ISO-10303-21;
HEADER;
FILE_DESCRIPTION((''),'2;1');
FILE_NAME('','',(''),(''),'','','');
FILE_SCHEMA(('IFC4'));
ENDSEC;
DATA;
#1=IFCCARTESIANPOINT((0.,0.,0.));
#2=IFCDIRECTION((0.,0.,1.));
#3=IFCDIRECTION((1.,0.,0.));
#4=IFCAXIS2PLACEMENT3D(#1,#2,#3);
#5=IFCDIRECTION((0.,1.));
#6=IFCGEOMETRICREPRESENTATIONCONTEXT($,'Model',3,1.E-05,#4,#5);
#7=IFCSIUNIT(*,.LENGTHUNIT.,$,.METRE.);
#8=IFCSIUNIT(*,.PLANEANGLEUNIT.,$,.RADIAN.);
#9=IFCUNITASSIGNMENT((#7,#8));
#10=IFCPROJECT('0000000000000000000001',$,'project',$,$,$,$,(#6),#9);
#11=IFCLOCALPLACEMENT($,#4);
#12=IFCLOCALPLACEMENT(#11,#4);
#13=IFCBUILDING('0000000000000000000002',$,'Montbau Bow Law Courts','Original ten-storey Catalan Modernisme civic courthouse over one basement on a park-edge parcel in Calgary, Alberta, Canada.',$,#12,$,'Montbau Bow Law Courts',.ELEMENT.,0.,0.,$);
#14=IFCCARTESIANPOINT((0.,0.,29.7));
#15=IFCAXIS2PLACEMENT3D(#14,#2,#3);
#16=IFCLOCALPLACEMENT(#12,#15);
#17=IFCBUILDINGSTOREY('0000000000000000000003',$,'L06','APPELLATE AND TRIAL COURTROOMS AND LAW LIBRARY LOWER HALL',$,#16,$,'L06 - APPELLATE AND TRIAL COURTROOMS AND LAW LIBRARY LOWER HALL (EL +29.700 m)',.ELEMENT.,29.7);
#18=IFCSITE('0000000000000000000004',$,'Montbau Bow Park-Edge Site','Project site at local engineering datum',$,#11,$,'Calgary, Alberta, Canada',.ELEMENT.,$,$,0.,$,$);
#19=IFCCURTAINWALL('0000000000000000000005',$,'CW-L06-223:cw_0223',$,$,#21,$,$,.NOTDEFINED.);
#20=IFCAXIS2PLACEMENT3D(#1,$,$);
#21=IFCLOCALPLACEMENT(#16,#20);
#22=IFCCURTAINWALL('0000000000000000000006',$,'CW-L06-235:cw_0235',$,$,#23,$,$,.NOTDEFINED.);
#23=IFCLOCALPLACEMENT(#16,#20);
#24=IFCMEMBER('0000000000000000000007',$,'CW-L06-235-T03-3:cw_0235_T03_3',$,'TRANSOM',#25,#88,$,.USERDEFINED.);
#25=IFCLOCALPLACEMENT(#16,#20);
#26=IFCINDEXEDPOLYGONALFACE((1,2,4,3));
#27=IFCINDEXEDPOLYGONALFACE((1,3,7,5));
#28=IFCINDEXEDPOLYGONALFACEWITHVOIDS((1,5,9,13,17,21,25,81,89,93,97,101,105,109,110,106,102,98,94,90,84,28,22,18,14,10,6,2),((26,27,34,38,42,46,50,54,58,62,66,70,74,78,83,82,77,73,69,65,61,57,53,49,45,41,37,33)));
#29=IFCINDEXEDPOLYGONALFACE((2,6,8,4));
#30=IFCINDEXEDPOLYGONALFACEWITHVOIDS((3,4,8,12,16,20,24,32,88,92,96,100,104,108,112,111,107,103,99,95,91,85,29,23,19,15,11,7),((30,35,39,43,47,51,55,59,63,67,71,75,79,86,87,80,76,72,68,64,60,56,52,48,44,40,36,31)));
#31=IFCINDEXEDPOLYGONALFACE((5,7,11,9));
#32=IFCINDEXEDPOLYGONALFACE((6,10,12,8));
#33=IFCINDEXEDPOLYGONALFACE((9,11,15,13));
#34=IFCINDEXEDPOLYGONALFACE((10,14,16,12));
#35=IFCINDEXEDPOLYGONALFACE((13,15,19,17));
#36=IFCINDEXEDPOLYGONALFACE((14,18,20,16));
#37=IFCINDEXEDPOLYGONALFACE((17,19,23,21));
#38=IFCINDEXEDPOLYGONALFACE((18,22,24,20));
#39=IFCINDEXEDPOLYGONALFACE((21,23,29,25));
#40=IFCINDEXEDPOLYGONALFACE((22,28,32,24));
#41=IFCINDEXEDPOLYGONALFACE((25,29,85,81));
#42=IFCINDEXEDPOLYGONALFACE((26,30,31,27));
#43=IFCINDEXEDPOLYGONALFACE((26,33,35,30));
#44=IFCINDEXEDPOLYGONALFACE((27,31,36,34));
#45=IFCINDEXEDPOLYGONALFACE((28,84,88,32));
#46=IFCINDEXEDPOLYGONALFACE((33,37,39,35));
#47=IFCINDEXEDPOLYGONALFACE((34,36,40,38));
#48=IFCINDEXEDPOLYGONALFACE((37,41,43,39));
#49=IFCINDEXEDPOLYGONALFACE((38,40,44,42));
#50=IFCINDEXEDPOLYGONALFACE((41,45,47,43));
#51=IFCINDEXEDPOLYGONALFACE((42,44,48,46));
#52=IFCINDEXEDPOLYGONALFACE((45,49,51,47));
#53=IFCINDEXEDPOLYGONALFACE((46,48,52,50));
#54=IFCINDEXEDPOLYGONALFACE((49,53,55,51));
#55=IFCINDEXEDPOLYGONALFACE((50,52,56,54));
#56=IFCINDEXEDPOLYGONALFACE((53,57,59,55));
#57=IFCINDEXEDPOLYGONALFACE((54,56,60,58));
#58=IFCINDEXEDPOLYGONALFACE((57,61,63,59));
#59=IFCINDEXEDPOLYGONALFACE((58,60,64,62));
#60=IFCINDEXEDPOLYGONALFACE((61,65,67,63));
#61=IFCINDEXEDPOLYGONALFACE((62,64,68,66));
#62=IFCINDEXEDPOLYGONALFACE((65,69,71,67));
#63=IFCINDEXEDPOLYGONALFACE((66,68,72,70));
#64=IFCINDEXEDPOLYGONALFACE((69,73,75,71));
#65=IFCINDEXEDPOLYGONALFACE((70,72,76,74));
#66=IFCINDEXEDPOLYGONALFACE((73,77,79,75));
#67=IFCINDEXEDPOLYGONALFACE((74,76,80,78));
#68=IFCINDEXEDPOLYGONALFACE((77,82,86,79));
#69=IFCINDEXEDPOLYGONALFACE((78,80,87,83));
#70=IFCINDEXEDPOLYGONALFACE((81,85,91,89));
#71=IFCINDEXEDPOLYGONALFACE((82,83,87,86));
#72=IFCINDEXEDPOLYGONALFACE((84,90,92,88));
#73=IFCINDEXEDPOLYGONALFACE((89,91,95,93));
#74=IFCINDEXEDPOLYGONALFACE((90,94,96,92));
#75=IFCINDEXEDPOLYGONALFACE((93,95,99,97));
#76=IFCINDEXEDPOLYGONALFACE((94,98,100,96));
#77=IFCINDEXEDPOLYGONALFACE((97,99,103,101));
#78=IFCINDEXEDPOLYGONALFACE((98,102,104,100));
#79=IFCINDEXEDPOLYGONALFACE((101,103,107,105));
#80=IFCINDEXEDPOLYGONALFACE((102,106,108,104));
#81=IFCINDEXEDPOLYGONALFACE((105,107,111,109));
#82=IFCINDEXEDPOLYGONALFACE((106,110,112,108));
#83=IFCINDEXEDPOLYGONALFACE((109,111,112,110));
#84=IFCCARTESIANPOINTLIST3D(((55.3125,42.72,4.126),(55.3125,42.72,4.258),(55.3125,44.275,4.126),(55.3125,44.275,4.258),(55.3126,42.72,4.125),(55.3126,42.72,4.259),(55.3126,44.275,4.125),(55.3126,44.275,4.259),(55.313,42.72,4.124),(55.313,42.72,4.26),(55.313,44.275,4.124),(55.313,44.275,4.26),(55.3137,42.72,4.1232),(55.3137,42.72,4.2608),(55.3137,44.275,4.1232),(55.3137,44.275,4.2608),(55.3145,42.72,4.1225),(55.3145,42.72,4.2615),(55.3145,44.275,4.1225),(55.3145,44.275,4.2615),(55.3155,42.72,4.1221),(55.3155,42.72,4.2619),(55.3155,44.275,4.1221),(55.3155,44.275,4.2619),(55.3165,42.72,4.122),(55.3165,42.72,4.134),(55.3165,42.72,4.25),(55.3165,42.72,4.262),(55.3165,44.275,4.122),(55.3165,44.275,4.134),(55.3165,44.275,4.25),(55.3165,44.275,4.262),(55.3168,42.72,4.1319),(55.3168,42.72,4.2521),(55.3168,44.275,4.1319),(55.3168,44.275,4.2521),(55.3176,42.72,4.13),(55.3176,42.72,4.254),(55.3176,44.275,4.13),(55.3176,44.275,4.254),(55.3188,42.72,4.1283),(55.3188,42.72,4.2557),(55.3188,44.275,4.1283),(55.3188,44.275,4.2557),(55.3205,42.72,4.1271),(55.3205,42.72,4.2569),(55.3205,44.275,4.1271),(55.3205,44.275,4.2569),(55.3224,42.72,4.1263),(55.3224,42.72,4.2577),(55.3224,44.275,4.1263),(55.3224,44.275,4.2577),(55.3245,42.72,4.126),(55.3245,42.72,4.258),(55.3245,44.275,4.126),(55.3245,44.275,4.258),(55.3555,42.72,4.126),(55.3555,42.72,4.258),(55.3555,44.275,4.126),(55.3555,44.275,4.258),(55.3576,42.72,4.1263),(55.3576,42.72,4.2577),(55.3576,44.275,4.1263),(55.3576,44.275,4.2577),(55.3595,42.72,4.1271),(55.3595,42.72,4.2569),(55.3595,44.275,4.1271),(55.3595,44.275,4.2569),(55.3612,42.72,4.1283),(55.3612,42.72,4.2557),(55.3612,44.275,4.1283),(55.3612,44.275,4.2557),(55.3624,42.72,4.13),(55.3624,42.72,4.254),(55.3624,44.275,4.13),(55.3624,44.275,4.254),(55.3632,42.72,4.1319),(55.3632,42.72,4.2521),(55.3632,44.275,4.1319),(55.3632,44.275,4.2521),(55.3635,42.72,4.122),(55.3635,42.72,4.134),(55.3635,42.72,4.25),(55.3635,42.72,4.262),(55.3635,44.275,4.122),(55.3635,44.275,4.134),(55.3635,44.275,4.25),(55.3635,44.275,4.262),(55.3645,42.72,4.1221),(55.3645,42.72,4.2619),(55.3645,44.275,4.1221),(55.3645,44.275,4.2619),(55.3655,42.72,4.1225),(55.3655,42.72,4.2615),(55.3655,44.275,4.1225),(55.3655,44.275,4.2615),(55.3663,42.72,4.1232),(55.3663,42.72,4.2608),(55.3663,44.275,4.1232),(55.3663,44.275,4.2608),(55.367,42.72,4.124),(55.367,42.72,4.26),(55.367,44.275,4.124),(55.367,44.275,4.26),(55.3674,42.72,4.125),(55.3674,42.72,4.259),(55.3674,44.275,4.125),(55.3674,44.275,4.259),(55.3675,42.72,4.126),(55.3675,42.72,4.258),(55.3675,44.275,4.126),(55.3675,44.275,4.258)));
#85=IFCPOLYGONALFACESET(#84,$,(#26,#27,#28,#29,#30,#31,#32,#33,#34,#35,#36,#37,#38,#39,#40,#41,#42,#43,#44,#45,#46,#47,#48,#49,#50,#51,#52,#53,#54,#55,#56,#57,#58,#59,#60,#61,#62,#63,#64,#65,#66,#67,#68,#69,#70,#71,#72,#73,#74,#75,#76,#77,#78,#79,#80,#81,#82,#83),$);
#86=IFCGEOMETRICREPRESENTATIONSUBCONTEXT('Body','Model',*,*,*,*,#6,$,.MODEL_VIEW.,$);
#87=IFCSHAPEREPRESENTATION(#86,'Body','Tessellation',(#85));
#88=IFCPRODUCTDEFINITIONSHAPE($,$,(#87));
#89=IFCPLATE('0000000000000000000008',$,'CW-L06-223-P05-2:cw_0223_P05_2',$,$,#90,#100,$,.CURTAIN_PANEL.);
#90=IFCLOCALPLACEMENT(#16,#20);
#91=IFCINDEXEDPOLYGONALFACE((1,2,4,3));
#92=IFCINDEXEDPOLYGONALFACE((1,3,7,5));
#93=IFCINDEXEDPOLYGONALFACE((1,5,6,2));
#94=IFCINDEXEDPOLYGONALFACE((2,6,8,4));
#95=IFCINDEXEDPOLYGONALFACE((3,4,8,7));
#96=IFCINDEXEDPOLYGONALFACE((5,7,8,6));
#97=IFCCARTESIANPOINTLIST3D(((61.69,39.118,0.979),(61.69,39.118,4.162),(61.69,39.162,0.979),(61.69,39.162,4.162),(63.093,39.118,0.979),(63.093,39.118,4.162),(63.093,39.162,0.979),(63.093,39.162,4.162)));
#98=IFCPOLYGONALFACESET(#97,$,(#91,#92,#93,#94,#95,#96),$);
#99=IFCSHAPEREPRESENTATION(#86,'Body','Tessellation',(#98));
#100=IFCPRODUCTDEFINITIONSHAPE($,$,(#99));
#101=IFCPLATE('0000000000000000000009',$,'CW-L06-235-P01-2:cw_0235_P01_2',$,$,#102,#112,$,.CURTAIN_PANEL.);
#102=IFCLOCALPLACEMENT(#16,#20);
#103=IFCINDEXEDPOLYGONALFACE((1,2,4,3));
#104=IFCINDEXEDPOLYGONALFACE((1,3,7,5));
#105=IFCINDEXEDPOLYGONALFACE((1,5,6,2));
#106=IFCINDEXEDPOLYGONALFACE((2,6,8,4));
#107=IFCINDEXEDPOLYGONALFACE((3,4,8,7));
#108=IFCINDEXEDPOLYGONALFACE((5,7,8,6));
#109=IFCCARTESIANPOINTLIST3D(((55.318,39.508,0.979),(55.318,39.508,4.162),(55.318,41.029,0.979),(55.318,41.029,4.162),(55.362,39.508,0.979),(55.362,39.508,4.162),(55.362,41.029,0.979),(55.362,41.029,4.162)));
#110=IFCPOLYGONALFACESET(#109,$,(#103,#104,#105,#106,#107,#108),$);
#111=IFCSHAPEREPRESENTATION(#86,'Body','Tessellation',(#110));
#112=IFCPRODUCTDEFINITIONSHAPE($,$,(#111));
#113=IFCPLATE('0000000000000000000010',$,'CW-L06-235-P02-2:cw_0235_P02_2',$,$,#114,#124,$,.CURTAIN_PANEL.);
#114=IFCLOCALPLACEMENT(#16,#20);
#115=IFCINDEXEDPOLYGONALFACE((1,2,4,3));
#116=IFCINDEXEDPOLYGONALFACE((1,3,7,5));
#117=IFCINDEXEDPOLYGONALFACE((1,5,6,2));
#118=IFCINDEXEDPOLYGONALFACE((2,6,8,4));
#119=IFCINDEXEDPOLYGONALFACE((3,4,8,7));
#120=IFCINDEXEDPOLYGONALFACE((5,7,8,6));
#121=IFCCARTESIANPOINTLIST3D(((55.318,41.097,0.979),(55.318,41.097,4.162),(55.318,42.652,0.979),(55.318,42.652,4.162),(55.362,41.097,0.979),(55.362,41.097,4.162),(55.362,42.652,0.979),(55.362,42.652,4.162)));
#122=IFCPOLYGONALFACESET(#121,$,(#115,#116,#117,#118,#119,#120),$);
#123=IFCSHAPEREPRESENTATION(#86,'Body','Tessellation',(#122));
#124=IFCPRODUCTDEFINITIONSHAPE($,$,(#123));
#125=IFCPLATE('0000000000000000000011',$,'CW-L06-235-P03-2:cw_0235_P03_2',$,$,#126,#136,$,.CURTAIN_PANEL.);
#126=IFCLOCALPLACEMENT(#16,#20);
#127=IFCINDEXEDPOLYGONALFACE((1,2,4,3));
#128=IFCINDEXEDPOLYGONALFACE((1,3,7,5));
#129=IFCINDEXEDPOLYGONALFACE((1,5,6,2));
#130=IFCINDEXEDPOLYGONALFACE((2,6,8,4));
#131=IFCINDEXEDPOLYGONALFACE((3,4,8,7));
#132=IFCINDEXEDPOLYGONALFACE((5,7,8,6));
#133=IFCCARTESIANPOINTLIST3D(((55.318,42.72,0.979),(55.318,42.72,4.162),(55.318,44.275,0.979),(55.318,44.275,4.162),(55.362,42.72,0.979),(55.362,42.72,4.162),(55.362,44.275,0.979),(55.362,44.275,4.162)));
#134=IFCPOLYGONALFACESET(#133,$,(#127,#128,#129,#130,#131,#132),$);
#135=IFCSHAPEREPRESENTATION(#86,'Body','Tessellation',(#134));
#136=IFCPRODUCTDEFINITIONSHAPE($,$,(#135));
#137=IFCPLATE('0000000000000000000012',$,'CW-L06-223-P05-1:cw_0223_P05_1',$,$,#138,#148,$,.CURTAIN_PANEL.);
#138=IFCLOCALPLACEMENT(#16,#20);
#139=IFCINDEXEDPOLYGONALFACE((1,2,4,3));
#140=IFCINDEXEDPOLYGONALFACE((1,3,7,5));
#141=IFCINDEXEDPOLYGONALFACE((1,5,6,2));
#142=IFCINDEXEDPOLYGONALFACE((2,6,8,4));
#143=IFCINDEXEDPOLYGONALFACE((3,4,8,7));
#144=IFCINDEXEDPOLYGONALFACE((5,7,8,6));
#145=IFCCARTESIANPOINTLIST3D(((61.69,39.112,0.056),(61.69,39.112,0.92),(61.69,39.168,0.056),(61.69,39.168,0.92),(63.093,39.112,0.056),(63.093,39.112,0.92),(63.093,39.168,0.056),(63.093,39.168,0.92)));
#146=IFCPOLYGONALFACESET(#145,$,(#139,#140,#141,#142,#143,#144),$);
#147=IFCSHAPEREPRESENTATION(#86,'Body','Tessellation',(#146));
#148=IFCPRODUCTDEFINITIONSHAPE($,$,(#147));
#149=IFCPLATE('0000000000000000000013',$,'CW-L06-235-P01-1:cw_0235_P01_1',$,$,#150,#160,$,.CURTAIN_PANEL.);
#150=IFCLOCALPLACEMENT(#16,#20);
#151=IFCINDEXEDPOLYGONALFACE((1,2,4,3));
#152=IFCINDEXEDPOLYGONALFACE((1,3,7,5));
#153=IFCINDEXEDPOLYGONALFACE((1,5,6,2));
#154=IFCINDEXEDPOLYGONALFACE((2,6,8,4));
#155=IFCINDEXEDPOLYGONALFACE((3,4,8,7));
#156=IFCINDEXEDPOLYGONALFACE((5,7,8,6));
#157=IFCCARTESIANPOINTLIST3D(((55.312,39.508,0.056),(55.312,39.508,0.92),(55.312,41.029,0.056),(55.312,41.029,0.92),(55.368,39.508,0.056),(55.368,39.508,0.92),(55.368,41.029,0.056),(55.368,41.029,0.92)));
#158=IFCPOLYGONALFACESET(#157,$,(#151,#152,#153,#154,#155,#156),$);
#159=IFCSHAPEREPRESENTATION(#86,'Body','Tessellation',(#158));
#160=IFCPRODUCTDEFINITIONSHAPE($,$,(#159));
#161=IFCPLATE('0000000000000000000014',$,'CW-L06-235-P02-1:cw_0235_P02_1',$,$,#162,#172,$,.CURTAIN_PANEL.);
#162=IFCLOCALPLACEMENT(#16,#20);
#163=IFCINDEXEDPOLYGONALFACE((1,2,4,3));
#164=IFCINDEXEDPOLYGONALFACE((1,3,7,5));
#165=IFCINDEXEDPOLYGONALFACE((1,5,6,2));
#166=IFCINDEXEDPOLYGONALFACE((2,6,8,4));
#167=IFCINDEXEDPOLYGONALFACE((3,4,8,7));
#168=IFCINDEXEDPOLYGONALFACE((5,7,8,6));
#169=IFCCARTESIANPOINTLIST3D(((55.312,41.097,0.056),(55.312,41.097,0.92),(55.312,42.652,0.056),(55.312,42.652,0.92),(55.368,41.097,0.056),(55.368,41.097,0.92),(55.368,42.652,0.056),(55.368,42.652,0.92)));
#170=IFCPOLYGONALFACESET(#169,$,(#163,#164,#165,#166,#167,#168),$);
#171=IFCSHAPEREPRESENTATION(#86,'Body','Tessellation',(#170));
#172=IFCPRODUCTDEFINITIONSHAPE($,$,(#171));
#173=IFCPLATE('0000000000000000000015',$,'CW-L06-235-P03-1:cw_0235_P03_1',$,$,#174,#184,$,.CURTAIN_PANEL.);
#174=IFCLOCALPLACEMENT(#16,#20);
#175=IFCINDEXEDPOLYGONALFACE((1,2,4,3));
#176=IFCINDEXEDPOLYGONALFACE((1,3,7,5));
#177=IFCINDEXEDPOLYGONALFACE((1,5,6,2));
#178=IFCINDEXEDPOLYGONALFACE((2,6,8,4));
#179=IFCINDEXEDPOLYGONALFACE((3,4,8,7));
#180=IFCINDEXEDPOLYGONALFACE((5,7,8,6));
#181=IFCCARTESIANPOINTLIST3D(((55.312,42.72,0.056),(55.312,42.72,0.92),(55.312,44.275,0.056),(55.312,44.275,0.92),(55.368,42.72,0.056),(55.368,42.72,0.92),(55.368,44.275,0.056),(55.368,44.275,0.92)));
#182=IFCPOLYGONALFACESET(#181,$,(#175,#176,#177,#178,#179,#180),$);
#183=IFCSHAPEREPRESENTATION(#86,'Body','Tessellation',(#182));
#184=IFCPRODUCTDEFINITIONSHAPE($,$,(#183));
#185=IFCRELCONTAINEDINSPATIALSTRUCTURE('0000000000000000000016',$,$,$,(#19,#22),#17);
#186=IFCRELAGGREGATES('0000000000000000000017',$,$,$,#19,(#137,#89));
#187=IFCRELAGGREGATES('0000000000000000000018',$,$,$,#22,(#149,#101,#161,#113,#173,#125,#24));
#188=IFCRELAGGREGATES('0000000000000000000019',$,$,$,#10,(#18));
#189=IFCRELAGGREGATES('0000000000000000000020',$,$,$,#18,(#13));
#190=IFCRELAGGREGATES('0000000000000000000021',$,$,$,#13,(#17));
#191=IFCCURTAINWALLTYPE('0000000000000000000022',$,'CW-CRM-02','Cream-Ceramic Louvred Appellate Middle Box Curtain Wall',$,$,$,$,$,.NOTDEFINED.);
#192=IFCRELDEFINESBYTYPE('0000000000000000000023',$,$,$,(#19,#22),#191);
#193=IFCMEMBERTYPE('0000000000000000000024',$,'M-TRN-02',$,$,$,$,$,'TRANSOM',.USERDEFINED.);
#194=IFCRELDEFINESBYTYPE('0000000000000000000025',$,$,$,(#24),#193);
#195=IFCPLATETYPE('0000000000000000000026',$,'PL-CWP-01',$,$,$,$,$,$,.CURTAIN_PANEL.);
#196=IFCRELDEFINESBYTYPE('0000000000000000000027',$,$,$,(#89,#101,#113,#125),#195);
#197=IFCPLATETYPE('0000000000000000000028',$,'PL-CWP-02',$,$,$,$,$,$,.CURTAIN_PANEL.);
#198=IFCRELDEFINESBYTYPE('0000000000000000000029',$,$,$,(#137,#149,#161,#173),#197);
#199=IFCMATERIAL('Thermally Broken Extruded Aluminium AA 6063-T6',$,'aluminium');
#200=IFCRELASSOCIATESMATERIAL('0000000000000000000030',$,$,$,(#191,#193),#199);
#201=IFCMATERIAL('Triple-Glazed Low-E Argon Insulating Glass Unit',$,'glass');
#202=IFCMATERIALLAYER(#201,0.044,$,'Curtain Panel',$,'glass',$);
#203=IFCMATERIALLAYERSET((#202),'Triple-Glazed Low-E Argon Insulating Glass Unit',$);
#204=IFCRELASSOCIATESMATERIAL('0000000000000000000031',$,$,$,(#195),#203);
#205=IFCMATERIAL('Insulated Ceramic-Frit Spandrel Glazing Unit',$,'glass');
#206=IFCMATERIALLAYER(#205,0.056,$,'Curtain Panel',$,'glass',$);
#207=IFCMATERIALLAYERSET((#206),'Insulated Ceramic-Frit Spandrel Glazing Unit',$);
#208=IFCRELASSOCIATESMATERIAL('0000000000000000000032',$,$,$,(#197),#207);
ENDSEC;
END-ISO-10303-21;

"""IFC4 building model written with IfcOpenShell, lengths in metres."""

from ifc_helpers import new_model, si_unit, direction, frame, frame_2d, origin_with_axes, origin_2d_with_axis, place, context, subcontext, project, spatial, rectangle, hollow_rectangle, extrude, material, layer, layer_set, material_profile, profile_set, type_object, element, aggregate, save


model = new_model("IFC4")

# Units and contexts
model_context = context("Model", 3, precision=1e-05, world=origin_with_axes(), true_north=direction((0.0, 1.0)))
body_context = subcontext(model_context, "Body", "Model", "MODEL_VIEW")
ifc_project = project(units=[si_unit("LENGTHUNIT", "METRE"), si_unit("PLANEANGLEUNIT", "RADIAN")], contexts=[model_context])

# Site, building, storey
site_placement = place(None, origin_with_axes())
site = spatial("IfcSite", under=ifc_project, at=site_placement, Name="Montbau Bow Park-Edge Site", Description="Project site at local engineering datum", LongName="Calgary, Alberta, Canada", CompositionType="ELEMENT", RefElevation=0.0)
building_placement = place(site_placement, origin_with_axes())
building = spatial("IfcBuilding", under=site, at=building_placement, Name="Montbau Bow Law Courts", Description="Original ten-storey Catalan Modernisme civic courthouse over one basement on a park-edge parcel in Calgary, Alberta, Canada.", LongName="Montbau Bow Law Courts", CompositionType="ELEMENT", ElevationOfRefHeight=0.0, ElevationOfTerrain=0.0)
storey_placement = place(building_placement, frame((0.0, 0.0, 29.7), z_axis=(0.0, 0.0, 1.0), x_axis=(1.0, 0.0, 0.0)))
storey = spatial("IfcBuildingStorey", under=building, at=storey_placement, Name="L06", Description="APPELLATE AND TRIAL COURTROOMS AND LAW LIBRARY LOWER HALL", LongName="L06 - APPELLATE AND TRIAL COURTROOMS AND LAW LIBRARY LOWER HALL (EL +29.700 m)", CompositionType="ELEMENT", Elevation=29.7)

# Curtain wall
ifc_material_1 = material(Name="Thermally Broken Extruded Aluminium AA 6063-T6", Category="aluminium")
curtain_wall_type = type_object("IfcCurtainWallType", Name="CW-CRM-02", Description="Cream-Ceramic Louvred Appellate Middle Box Curtain Wall", PredefinedType="NOTDEFINED", material=ifc_material_1)
curtain_wall_1_placement = place(None, frame((55.64, 39.14, 29.7), z_axis=(0.0, 0.0, 1.0), x_axis=(1.0, 0.0, 0.0)))
curtain_wall_1 = element("IfcCurtainWall", 1, at=curtain_wall_1_placement, inside=storey, type_object=curtain_wall_type, Name="CW-L06-223:cw_0223", PredefinedType="NOTDEFINED")

# Curtain wall
curtain_wall_2_placement = place(None, frame((55.34, 39.44, 29.7), z_axis=(0.0, 0.0, 1.0), x_axis=(1.0, 0.0, 0.0)))
curtain_wall_2 = element("IfcCurtainWall", 2, at=curtain_wall_2_placement, inside=storey, type_object=curtain_wall_type, Name="CW-L06-235:cw_0235", PredefinedType="NOTDEFINED")

# Member
ifc_material_profile_1 = material_profile(ifc_material_1, hollow_rectangle(XDim=0.055, YDim=0.14, WallThickness=0.004, InnerFilletRadius=0.008, OuterFilletRadius=0.004, at=origin_2d_with_axis()), Name="CWT-140X55", Category="Main", Priority=0)
ifc_profile_set_1 = profile_set([ifc_material_profile_1], Name="Thermally Broken Extruded Aluminium AA 6063-T6")
member_type_1 = type_object("IfcMemberType", Name="M-TRN-02", ElementType="TRANSOM", PredefinedType="USERDEFINED", material=ifc_profile_set_1)
member_1_placement = place(None, frame((55.34, 42.72, 33.892), z_axis=(0.0, 1.0, 0.0), x_axis=(-1.0, 0.0, 0.0)))
member_1 = element("IfcMember", 3, at=member_1_placement, type_object=member_type_1, Name="CW-L06-235-T03-3:cw_0235_T03_3", ObjectType="TRANSOM", PredefinedType="USERDEFINED", context=body_context, shape_type="SweptSolid", body=[
    extrude(hollow_rectangle(XDim=0.055, YDim=0.14, WallThickness=0.004, InnerFilletRadius=0.008, OuterFilletRadius=0.004, at=origin_2d_with_axis()), origin_with_axes(), (0.0, 0.0, 1.0), 1.555),
])

# Plates
ifc_material_2 = material(Name="Triple-Glazed Low-E Argon Insulating Glass Unit", Category="glass")
ifc_layer_1 = layer(ifc_material_2, 0.044, Name="Curtain Panel", Category="glass")
ifc_layer_set_1 = layer_set([ifc_layer_1], Name="Triple-Glazed Low-E Argon Insulating Glass Unit")
plate_type_1 = type_object("IfcPlateType", Name="PL-CWP-01", PredefinedType="CURTAIN_PANEL", material=ifc_layer_set_1)
plate_1_placement = place(None, frame((61.69, 39.14, 30.679), z_axis=(0.0, -1.0, 0.0), x_axis=(1.0, 0.0, 0.0)))
plate_1 = element("IfcPlate", 4, at=plate_1_placement, type_object=plate_type_1, Name="CW-L06-223-P05-2:cw_0223_P05_2", PredefinedType="CURTAIN_PANEL", context=body_context, shape_type="SweptSolid", body=[
    extrude(rectangle(XDim=1.403, YDim=3.183, at=frame_2d((0.7015, 1.5915), x_axis=(1.0, 0.0))), frame((0.0, 0.0, -0.022), z_axis=(0.0, 0.0, 1.0), x_axis=(1.0, 0.0, 0.0)), (0.0, 0.0, 1.0), 0.044),
])
plate_2_placement = place(None, frame((55.34, 39.508, 30.679), z_axis=(1.0, 0.0, 0.0), x_axis=(0.0, 1.0, 0.0)))
plate_2 = element("IfcPlate", 5, at=plate_2_placement, type_object=plate_type_1, Name="CW-L06-235-P01-2:cw_0235_P01_2", PredefinedType="CURTAIN_PANEL", context=body_context, shape_type="SweptSolid", body=[
    extrude(rectangle(XDim=1.521, YDim=3.183, at=frame_2d((0.7605, 1.5915), x_axis=(1.0, 0.0))), frame((0.0, 0.0, -0.022), z_axis=(0.0, 0.0, 1.0), x_axis=(1.0, 0.0, 0.0)), (0.0, 0.0, 1.0), 0.044),
])
plate_3_placement = place(None, frame((55.34, 41.097, 30.679), z_axis=(1.0, 0.0, 0.0), x_axis=(0.0, 1.0, 0.0)))
plate_3 = element("IfcPlate", 6, at=plate_3_placement, type_object=plate_type_1, Name="CW-L06-235-P02-2:cw_0235_P02_2", PredefinedType="CURTAIN_PANEL", context=body_context, shape_type="SweptSolid", body=[
    extrude(rectangle(XDim=1.555, YDim=3.183, at=frame_2d((0.7775, 1.5915), x_axis=(1.0, 0.0))), frame((0.0, 0.0, -0.022), z_axis=(0.0, 0.0, 1.0), x_axis=(1.0, 0.0, 0.0)), (0.0, 0.0, 1.0), 0.044),
])
plate_4_placement = place(None, frame((55.34, 42.72, 30.679), z_axis=(1.0, 0.0, 0.0), x_axis=(0.0, 1.0, 0.0)))
plate_4 = element("IfcPlate", 7, at=plate_4_placement, type_object=plate_type_1, Name="CW-L06-235-P03-2:cw_0235_P03_2", PredefinedType="CURTAIN_PANEL", context=body_context, shape_type="SweptSolid", body=[
    extrude(rectangle(XDim=1.555, YDim=3.183, at=frame_2d((0.7775, 1.5915), x_axis=(1.0, 0.0))), frame((0.0, 0.0, -0.022), z_axis=(0.0, 0.0, 1.0), x_axis=(1.0, 0.0, 0.0)), (0.0, 0.0, 1.0), 0.044),
])
ifc_material_3 = material(Name="Insulated Ceramic-Frit Spandrel Glazing Unit", Category="glass")
ifc_layer_2 = layer(ifc_material_3, 0.056, Name="Curtain Panel", Category="glass")
ifc_layer_set_2 = layer_set([ifc_layer_2], Name="Insulated Ceramic-Frit Spandrel Glazing Unit")
plate_type_2 = type_object("IfcPlateType", Name="PL-CWP-02", PredefinedType="CURTAIN_PANEL", material=ifc_layer_set_2)
plate_5_placement = place(None, frame((61.69, 39.14, 29.756), z_axis=(0.0, -1.0, 0.0), x_axis=(1.0, 0.0, 0.0)))
plate_5 = element("IfcPlate", 8, at=plate_5_placement, type_object=plate_type_2, Name="CW-L06-223-P05-1:cw_0223_P05_1", PredefinedType="CURTAIN_PANEL", context=body_context, shape_type="SweptSolid", body=[
    extrude(rectangle(XDim=1.403, YDim=0.864, at=frame_2d((0.7015, 0.432), x_axis=(1.0, 0.0))), frame((0.0, 0.0, -0.028), z_axis=(0.0, 0.0, 1.0), x_axis=(1.0, 0.0, 0.0)), (0.0, 0.0, 1.0), 0.056),
])
aggregate(curtain_wall_1, [plate_5, plate_1])
plate_6_placement = place(None, frame((55.34, 39.508, 29.756), z_axis=(1.0, 0.0, 0.0), x_axis=(0.0, 1.0, 0.0)))
plate_6 = element("IfcPlate", 9, at=plate_6_placement, type_object=plate_type_2, Name="CW-L06-235-P01-1:cw_0235_P01_1", PredefinedType="CURTAIN_PANEL", context=body_context, shape_type="SweptSolid", body=[
    extrude(rectangle(XDim=1.521, YDim=0.864, at=frame_2d((0.7605, 0.432), x_axis=(1.0, 0.0))), frame((0.0, 0.0, -0.028), z_axis=(0.0, 0.0, 1.0), x_axis=(1.0, 0.0, 0.0)), (0.0, 0.0, 1.0), 0.056),
])
plate_7_placement = place(None, frame((55.34, 41.097, 29.756), z_axis=(1.0, 0.0, 0.0), x_axis=(0.0, 1.0, 0.0)))
plate_7 = element("IfcPlate", 10, at=plate_7_placement, type_object=plate_type_2, Name="CW-L06-235-P02-1:cw_0235_P02_1", PredefinedType="CURTAIN_PANEL", context=body_context, shape_type="SweptSolid", body=[
    extrude(rectangle(XDim=1.555, YDim=0.864, at=frame_2d((0.7775, 0.432), x_axis=(1.0, 0.0))), frame((0.0, 0.0, -0.028), z_axis=(0.0, 0.0, 1.0), x_axis=(1.0, 0.0, 0.0)), (0.0, 0.0, 1.0), 0.056),
])
plate_8_placement = place(None, frame((55.34, 42.72, 29.756), z_axis=(1.0, 0.0, 0.0), x_axis=(0.0, 1.0, 0.0)))
plate_8 = element("IfcPlate", 11, at=plate_8_placement, type_object=plate_type_2, Name="CW-L06-235-P03-1:cw_0235_P03_1", PredefinedType="CURTAIN_PANEL", context=body_context, shape_type="SweptSolid", body=[
    extrude(rectangle(XDim=1.555, YDim=0.864, at=frame_2d((0.7775, 0.432), x_axis=(1.0, 0.0))), frame((0.0, 0.0, -0.028), z_axis=(0.0, 0.0, 1.0), x_axis=(1.0, 0.0, 0.0)), (0.0, 0.0, 1.0), 0.056),
])
aggregate(curtain_wall_2, [plate_6, plate_2, plate_7, plate_3, plate_8, plate_4, member_1])

save(model, "model.ifc")
